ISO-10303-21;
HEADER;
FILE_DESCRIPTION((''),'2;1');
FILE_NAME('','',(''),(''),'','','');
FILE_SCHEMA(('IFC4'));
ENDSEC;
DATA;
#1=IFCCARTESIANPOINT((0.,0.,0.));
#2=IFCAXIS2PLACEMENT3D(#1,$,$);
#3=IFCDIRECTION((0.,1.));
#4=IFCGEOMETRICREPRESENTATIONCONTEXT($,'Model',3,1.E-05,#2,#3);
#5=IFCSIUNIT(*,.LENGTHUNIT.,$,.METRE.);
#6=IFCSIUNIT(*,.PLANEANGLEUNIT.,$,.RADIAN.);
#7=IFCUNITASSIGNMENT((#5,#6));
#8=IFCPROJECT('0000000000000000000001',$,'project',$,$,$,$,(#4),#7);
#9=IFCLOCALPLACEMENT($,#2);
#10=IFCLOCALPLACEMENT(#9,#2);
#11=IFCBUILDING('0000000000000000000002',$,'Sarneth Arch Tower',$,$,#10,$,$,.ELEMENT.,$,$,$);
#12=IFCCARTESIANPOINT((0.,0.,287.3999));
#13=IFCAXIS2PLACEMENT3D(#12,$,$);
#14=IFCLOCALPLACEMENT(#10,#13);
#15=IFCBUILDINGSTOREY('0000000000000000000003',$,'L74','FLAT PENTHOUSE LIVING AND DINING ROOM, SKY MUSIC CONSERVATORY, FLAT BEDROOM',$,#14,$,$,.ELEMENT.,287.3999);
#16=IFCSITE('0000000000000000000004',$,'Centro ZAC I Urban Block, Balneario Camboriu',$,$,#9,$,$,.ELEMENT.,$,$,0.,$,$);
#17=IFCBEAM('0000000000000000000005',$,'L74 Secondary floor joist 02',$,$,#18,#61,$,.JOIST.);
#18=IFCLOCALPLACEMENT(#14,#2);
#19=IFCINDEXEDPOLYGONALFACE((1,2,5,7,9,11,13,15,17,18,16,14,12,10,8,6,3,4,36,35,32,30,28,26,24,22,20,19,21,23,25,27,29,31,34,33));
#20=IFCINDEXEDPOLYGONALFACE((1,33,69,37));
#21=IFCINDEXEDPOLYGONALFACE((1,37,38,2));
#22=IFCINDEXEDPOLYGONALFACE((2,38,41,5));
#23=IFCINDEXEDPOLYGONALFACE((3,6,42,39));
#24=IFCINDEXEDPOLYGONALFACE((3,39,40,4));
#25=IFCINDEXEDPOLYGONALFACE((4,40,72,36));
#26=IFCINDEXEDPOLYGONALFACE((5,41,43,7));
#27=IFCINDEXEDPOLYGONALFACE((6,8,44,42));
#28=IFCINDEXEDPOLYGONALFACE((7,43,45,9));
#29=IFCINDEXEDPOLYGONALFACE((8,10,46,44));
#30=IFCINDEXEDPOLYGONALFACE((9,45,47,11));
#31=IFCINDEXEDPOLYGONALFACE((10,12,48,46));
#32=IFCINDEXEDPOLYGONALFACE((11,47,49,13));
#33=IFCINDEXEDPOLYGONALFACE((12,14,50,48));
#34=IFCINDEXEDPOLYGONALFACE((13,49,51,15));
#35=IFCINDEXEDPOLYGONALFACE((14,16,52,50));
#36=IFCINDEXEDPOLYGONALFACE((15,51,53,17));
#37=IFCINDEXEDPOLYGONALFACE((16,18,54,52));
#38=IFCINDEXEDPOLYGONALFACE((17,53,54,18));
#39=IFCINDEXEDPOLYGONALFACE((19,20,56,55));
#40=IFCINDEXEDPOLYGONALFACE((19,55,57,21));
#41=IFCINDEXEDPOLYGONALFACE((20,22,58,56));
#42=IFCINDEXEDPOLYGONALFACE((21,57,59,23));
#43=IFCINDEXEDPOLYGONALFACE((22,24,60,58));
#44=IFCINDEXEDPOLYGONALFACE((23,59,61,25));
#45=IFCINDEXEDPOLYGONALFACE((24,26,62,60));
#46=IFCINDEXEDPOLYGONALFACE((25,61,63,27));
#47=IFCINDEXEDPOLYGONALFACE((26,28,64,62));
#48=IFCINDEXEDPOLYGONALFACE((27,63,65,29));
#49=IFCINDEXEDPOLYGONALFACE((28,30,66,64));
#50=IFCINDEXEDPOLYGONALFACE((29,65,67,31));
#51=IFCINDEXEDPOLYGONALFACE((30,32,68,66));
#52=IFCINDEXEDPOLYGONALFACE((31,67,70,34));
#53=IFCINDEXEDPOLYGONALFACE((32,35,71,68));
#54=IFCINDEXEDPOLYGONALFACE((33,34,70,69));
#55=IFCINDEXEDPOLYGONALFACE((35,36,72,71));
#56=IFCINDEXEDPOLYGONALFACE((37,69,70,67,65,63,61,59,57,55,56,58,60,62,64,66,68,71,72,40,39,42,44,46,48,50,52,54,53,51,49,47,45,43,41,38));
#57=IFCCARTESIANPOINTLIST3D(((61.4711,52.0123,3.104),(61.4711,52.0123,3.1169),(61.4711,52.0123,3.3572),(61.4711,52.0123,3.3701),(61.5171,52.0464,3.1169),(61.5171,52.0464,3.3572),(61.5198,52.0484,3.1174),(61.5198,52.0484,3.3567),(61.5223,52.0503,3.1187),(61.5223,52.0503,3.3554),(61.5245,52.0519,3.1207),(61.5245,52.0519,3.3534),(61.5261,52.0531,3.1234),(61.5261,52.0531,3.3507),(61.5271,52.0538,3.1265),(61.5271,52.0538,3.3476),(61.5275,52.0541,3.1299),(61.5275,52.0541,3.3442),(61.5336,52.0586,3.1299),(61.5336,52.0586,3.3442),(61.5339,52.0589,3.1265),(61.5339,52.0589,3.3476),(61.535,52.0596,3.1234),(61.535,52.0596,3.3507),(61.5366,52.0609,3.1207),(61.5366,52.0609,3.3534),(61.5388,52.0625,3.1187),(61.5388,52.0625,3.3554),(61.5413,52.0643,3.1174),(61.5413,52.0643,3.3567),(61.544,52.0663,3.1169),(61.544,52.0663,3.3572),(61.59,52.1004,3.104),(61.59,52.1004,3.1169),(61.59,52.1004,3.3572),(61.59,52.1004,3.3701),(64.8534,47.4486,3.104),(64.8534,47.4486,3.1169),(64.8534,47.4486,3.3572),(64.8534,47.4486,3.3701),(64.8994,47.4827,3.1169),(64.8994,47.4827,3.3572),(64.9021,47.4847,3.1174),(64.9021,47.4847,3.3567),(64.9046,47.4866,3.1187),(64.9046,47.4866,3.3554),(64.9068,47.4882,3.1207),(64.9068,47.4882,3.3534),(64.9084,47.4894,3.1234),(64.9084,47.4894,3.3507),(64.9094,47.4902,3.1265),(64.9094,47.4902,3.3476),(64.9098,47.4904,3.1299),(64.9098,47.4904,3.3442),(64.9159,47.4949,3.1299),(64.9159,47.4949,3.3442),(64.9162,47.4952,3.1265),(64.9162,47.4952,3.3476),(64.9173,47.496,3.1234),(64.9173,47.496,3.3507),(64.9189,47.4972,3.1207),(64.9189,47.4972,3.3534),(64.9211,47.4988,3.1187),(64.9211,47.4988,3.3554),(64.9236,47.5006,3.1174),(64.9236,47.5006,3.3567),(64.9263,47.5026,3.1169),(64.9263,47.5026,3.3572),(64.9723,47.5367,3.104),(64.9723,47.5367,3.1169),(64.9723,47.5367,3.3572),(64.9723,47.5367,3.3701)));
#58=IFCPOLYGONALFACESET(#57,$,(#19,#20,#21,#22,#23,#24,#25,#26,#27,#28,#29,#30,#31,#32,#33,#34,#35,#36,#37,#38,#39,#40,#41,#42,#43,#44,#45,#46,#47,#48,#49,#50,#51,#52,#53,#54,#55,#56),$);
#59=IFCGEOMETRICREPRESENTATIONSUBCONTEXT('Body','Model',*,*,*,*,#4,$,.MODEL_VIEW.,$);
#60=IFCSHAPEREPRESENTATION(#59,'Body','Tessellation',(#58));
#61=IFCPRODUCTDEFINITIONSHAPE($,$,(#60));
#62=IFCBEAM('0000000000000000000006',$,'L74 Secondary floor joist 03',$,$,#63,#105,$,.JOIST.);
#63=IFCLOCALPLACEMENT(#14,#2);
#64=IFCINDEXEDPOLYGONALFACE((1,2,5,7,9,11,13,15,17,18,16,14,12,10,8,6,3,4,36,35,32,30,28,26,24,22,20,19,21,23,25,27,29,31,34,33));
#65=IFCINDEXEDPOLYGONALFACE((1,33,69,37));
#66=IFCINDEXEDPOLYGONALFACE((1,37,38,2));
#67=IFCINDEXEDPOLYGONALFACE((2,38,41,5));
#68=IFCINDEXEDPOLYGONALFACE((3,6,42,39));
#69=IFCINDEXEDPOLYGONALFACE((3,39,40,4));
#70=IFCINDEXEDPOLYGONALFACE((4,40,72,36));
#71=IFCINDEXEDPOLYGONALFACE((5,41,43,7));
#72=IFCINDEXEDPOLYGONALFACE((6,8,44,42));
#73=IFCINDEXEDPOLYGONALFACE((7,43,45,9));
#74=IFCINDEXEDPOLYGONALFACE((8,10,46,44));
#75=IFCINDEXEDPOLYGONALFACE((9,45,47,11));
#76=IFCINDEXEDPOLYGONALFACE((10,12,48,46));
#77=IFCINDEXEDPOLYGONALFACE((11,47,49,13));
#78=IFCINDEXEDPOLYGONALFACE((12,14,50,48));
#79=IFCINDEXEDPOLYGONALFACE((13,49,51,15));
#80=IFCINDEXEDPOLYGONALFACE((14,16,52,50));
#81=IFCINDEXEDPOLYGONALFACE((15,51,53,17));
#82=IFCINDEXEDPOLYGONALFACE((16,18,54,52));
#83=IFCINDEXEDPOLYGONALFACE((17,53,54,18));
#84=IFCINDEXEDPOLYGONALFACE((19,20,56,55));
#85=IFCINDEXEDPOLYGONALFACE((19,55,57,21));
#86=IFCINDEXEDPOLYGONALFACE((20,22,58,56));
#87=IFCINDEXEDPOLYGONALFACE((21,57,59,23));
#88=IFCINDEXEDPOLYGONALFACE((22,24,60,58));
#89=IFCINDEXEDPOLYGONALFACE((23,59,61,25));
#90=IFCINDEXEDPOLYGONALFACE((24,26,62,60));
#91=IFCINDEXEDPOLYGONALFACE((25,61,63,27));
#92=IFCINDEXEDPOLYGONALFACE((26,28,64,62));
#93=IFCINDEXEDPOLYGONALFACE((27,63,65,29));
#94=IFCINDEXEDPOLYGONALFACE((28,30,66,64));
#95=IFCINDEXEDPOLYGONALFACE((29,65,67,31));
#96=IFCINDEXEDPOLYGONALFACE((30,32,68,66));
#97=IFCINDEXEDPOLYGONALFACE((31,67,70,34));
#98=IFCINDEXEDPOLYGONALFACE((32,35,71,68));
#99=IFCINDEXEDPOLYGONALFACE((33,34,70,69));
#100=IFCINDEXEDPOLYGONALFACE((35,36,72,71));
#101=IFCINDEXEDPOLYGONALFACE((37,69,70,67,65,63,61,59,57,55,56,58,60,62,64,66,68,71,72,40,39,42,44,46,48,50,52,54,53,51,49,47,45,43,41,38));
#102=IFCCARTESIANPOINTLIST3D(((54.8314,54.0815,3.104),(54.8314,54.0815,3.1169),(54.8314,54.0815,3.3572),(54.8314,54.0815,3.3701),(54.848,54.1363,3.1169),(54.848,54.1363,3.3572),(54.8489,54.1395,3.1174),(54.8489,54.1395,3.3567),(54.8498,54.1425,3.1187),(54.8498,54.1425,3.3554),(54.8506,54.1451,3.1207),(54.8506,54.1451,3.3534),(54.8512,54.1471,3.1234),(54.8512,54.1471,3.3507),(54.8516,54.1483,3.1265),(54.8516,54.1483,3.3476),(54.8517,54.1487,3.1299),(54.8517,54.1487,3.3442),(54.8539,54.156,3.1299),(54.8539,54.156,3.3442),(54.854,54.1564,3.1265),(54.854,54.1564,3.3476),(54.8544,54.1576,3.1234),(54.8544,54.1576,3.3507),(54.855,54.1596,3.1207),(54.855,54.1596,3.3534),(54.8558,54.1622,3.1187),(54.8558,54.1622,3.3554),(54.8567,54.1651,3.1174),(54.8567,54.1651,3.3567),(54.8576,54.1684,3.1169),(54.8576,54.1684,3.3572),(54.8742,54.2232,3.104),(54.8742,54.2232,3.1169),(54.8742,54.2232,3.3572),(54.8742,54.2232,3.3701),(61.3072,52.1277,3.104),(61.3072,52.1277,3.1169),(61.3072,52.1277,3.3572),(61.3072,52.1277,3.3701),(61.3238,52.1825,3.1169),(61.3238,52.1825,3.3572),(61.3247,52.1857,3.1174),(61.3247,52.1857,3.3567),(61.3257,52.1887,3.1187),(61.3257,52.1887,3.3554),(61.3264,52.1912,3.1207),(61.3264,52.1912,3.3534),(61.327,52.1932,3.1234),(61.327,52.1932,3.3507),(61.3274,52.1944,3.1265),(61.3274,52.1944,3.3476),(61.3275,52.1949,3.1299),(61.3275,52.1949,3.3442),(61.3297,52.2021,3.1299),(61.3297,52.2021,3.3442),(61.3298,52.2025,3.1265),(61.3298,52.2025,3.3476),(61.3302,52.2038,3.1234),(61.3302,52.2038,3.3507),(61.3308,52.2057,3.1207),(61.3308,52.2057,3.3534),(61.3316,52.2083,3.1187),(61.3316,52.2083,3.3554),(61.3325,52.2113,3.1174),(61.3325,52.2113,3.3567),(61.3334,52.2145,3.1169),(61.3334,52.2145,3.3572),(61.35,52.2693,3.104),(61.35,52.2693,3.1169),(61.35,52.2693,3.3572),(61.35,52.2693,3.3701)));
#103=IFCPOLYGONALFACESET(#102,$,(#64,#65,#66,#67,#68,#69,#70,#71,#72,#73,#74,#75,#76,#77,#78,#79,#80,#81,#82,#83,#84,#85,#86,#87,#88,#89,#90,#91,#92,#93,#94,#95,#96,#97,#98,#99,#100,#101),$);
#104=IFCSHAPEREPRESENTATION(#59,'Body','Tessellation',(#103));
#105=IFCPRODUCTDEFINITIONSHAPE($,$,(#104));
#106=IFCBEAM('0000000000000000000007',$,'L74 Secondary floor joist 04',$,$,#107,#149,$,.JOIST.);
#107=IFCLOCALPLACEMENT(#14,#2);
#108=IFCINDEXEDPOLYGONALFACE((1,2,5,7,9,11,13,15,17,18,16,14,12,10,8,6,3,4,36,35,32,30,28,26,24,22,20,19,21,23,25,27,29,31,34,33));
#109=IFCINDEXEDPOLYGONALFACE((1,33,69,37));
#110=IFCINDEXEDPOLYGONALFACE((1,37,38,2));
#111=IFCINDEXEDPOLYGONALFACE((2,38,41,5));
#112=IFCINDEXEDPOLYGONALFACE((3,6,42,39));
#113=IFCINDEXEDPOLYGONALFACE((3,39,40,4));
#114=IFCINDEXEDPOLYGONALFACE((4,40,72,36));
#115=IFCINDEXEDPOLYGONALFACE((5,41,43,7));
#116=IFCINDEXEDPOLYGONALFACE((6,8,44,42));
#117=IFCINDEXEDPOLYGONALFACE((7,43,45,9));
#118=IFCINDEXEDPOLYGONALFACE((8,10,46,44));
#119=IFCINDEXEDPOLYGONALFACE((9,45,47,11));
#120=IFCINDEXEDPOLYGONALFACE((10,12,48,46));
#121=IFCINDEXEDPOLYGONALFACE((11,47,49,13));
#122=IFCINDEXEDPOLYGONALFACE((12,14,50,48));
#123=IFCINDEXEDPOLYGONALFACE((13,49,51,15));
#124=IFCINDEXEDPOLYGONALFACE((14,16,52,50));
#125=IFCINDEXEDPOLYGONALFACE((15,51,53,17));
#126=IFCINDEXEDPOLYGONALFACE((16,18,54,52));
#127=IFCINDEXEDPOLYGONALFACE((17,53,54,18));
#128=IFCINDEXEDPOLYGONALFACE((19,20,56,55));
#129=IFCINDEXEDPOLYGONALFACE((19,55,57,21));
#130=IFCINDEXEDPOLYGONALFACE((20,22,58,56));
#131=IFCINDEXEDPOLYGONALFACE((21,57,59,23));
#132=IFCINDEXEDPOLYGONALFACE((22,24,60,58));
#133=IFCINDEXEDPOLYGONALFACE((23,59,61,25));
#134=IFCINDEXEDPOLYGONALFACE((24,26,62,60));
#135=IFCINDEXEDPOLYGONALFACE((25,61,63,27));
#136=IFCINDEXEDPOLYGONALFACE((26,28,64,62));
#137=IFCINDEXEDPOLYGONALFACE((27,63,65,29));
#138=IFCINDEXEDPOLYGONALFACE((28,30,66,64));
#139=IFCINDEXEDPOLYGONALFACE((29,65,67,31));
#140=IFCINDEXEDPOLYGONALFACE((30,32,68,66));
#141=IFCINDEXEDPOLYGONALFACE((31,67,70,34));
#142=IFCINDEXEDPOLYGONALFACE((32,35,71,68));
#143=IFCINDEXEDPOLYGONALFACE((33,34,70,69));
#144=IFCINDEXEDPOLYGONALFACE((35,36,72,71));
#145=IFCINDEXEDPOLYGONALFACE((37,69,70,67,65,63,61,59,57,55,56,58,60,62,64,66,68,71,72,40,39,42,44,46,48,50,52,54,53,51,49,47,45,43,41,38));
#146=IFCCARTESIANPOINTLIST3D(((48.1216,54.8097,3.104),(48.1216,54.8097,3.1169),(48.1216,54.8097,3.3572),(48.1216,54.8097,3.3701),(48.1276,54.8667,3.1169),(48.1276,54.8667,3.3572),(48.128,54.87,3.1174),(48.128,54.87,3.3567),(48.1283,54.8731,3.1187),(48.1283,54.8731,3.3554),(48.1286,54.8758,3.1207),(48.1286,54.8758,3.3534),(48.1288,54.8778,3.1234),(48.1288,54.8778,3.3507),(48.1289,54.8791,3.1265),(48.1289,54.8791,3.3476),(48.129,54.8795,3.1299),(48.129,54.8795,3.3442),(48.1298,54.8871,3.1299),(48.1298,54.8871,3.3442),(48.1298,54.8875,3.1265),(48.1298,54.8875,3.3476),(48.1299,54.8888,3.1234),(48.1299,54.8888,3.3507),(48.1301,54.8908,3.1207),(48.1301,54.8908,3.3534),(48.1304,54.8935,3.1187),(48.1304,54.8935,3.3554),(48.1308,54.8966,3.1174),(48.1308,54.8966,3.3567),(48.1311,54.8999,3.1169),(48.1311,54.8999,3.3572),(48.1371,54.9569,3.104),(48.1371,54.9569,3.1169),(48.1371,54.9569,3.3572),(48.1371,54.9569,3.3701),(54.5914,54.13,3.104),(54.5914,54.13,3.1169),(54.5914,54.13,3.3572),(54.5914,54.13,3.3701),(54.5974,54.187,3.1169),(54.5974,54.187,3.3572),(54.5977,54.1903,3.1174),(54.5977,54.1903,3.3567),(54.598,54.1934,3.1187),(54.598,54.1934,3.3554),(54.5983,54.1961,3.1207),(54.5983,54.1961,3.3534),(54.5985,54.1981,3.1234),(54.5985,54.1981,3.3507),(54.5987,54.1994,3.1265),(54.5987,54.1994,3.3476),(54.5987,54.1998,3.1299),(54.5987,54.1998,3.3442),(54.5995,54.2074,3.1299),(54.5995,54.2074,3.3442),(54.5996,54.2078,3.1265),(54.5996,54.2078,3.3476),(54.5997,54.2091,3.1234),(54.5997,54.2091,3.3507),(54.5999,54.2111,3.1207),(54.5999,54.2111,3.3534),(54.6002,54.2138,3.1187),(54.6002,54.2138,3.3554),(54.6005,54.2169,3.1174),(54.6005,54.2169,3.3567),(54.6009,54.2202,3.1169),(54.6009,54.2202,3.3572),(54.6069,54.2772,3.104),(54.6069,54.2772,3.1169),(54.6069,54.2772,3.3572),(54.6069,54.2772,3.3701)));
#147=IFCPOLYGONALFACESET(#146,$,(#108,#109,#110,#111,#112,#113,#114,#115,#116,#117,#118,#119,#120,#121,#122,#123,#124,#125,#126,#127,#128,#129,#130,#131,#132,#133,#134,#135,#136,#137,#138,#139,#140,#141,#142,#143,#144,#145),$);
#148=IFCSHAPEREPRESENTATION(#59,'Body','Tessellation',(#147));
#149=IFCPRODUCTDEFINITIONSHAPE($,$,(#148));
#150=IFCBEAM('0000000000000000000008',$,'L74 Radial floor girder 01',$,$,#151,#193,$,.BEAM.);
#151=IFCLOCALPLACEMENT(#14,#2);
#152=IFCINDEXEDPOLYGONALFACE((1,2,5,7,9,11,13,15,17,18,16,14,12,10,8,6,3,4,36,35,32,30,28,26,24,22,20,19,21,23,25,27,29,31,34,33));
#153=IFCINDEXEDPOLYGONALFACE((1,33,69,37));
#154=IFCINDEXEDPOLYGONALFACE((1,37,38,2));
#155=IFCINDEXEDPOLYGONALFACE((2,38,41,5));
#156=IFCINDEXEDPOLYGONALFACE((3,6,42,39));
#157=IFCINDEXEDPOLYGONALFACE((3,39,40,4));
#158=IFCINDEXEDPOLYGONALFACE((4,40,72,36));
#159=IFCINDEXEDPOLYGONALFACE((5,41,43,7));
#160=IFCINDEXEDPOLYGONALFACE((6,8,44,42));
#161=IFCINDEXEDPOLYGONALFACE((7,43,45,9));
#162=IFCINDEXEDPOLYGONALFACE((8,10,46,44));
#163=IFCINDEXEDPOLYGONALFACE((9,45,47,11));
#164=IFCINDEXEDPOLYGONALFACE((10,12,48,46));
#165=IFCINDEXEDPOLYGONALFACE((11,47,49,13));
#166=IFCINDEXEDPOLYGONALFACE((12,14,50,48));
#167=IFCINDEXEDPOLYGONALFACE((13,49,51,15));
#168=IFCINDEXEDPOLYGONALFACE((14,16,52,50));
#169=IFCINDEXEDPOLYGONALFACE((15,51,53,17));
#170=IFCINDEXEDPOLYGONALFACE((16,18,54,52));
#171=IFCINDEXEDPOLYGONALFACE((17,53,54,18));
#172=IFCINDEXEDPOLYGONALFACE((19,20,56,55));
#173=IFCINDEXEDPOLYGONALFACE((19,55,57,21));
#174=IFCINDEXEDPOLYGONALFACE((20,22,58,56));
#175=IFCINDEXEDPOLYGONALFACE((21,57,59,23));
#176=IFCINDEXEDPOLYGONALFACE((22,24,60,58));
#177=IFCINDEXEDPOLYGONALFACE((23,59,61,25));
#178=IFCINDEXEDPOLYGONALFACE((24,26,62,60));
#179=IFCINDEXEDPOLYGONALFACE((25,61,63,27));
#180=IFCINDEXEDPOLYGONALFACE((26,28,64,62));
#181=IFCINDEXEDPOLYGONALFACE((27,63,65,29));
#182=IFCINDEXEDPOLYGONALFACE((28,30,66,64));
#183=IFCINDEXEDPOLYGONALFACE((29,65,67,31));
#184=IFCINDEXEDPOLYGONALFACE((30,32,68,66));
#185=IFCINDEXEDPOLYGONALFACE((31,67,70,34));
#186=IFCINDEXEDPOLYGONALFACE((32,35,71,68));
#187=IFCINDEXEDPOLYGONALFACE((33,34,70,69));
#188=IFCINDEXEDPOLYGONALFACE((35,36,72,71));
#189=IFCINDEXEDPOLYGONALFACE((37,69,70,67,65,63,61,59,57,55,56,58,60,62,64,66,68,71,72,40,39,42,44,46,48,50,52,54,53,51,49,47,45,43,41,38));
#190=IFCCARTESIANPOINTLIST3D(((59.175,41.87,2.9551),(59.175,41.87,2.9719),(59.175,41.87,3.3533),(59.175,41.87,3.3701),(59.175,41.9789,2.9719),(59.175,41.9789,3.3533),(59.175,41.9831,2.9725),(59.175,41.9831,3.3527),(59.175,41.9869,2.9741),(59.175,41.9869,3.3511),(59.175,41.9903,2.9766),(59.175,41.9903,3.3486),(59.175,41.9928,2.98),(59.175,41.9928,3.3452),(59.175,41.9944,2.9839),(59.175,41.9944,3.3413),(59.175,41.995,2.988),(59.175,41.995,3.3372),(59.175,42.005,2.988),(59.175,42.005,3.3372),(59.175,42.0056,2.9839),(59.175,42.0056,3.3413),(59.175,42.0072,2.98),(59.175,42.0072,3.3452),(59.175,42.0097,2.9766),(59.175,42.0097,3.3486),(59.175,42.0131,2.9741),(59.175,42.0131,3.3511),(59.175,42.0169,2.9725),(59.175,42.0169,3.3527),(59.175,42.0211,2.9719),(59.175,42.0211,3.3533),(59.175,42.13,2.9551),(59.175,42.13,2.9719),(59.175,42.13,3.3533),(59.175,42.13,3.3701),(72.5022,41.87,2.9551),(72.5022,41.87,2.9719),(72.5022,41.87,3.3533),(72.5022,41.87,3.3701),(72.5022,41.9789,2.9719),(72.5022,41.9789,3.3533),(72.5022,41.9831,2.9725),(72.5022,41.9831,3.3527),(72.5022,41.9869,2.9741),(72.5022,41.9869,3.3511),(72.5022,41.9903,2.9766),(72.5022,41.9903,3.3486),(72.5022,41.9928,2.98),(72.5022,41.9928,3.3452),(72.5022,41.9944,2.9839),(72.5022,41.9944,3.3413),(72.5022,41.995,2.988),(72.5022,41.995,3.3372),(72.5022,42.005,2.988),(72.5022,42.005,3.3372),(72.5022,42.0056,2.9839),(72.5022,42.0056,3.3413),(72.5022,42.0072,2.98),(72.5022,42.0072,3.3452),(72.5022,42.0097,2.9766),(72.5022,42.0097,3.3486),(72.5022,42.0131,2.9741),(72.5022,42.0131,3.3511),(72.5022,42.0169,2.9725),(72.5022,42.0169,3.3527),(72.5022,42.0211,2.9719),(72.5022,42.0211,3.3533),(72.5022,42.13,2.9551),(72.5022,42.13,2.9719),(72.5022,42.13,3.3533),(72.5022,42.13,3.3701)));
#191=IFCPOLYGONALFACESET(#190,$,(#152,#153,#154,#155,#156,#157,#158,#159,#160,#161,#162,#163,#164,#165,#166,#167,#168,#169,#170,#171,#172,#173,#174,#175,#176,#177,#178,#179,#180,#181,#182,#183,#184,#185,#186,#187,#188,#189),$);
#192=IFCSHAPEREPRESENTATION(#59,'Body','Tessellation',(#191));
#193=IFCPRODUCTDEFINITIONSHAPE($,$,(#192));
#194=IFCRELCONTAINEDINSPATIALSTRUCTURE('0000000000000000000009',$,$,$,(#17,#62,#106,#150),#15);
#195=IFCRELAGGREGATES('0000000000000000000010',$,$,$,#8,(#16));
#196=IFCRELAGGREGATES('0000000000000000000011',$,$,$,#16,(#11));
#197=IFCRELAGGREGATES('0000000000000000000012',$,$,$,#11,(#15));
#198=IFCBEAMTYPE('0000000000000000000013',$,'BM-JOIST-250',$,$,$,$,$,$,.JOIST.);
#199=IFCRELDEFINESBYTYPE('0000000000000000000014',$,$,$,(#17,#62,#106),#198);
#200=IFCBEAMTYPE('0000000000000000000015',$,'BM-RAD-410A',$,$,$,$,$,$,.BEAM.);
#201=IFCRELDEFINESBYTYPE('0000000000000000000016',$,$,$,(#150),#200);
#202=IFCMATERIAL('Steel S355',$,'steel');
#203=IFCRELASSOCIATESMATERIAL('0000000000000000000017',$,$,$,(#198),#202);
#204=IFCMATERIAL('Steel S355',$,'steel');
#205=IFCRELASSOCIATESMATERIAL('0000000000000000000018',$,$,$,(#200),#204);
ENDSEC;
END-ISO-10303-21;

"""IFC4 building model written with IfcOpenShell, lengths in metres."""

from ifc_helpers import new_model, si_unit, direction, frame, origin, origin_2d, place, context, subcontext, project, spatial, i_section, extrude, material, material_profile, profile_set, type_object, element, save


model = new_model("IFC4")

# Units and contexts
model_context = context("Model", 3, precision=1e-05, world=origin(), true_north=direction((0.0, 1.0)))
body_context = subcontext(model_context, "Body", "Model", "MODEL_VIEW")
ifc_project = project(units=[si_unit("LENGTHUNIT", "METRE"), si_unit("PLANEANGLEUNIT", "RADIAN")], contexts=[model_context])

# Site, building, storey
site_placement = place(None, origin())
site = spatial("IfcSite", under=ifc_project, at=site_placement, Name="Centro ZAC I Urban Block, Balneario Camboriu", CompositionType="ELEMENT", RefElevation=0.0)
building_placement = place(site_placement, origin())
building = spatial("IfcBuilding", under=site, at=building_placement, Name="Sarneth Arch Tower", CompositionType="ELEMENT")
storey_placement = place(building_placement, frame((0.0, 0.0, 287.3999)))
storey = spatial("IfcBuildingStorey", under=building, at=storey_placement, Name="L74", Description="FLAT PENTHOUSE LIVING AND DINING ROOM, SKY MUSIC CONSERVATORY, FLAT BEDROOM", CompositionType="ELEMENT", Elevation=287.3999)

# Beams
ifc_material_1 = material(Name="Steel S355", Category="steel")
ifc_material_profile_1 = material_profile(ifc_material_1, i_section(OverallWidth=0.1479, OverallDepth=0.2661, WebThickness=0.0076, FlangeThickness=0.0129, FilletRadius=0.0129, at=origin_2d()), Name="W250x44.8")
ifc_profile_set_1 = profile_set([ifc_material_profile_1], Name="Steel S355")
beam_type_1 = type_object("IfcBeamType", Name="BM-JOIST-250", PredefinedType="JOIST", material=ifc_profile_set_1)
beam_1_placement = place(storey_placement, frame((64.9128, 47.4927, 3.2371), z_axis=(-0.595431, 0.803406, 0.0), x_axis=(-0.803406, -0.595431, 0.0)))
element("IfcBeam", 1, at=beam_1_placement, inside=storey, type_object=beam_type_1, Name="L74 Secondary floor joist 02", PredefinedType="JOIST", context=body_context, shape_type="SweptSolid", body=[
    extrude(i_section(OverallWidth=0.1479, OverallDepth=0.2661, WebThickness=0.0076, FlangeThickness=0.0129, FilletRadius=0.0129, at=origin_2d()), origin(), (0.0, 0.0, 1.0), 5.6804),
])
beam_2_placement = place(storey_placement, frame((61.3286, 52.1985, 3.2371), z_axis=(-0.957373, 0.288854, 0.0), x_axis=(-0.288854, -0.957373, 0.0)))
element("IfcBeam", 2, at=beam_2_placement, inside=storey, type_object=beam_type_1, Name="L74 Secondary floor joist 03", PredefinedType="JOIST", context=body_context, shape_type="SweptSolid", body=[
    extrude(i_section(OverallWidth=0.1479, OverallDepth=0.2661, WebThickness=0.0076, FlangeThickness=0.0129, FilletRadius=0.0129, at=origin_2d()), origin(), (0.0, 0.0, 1.0), 6.7642),
])
beam_3_placement = place(storey_placement, frame((54.5991, 54.2036, 3.2371), z_axis=(-0.994527, 0.104482, 0.0), x_axis=(-0.104482, -0.994527, 0.0)))
element("IfcBeam", 3, at=beam_3_placement, inside=storey, type_object=beam_type_1, Name="L74 Secondary floor joist 04", PredefinedType="JOIST", context=body_context, shape_type="SweptSolid", body=[
    extrude(i_section(OverallWidth=0.1479, OverallDepth=0.2661, WebThickness=0.0076, FlangeThickness=0.0129, FilletRadius=0.0129, at=origin_2d()), origin(), (0.0, 0.0, 1.0), 6.5054),
])
ifc_material_2 = material(Name="Steel S355", Category="steel")
ifc_material_profile_2 = material_profile(ifc_material_2, i_section(OverallWidth=0.26, OverallDepth=0.415, WebThickness=0.01, FlangeThickness=0.0168, FilletRadius=0.0161, at=origin_2d()), Name="W410x100")
ifc_profile_set_2 = profile_set([ifc_material_profile_2], Name="Steel S355")
beam_type_2 = type_object("IfcBeamType", Name="BM-RAD-410A", PredefinedType="BEAM", material=ifc_profile_set_2)
beam_4_placement = place(storey_placement, frame((59.175, 42.0, 3.1626), z_axis=(1.0, 0.0, 0.0), x_axis=(0.0, 1.0, 0.0)))
element("IfcBeam", 4, at=beam_4_placement, inside=storey, type_object=beam_type_2, Name="L74 Radial floor girder 01", PredefinedType="BEAM", context=body_context, shape_type="SweptSolid", body=[
    extrude(i_section(OverallWidth=0.26, OverallDepth=0.415, WebThickness=0.01, FlangeThickness=0.0168, FilletRadius=0.0161, at=origin_2d()), origin(), (0.0, 0.0, 1.0), 13.3271),
])

save(model, "model.ifc")
